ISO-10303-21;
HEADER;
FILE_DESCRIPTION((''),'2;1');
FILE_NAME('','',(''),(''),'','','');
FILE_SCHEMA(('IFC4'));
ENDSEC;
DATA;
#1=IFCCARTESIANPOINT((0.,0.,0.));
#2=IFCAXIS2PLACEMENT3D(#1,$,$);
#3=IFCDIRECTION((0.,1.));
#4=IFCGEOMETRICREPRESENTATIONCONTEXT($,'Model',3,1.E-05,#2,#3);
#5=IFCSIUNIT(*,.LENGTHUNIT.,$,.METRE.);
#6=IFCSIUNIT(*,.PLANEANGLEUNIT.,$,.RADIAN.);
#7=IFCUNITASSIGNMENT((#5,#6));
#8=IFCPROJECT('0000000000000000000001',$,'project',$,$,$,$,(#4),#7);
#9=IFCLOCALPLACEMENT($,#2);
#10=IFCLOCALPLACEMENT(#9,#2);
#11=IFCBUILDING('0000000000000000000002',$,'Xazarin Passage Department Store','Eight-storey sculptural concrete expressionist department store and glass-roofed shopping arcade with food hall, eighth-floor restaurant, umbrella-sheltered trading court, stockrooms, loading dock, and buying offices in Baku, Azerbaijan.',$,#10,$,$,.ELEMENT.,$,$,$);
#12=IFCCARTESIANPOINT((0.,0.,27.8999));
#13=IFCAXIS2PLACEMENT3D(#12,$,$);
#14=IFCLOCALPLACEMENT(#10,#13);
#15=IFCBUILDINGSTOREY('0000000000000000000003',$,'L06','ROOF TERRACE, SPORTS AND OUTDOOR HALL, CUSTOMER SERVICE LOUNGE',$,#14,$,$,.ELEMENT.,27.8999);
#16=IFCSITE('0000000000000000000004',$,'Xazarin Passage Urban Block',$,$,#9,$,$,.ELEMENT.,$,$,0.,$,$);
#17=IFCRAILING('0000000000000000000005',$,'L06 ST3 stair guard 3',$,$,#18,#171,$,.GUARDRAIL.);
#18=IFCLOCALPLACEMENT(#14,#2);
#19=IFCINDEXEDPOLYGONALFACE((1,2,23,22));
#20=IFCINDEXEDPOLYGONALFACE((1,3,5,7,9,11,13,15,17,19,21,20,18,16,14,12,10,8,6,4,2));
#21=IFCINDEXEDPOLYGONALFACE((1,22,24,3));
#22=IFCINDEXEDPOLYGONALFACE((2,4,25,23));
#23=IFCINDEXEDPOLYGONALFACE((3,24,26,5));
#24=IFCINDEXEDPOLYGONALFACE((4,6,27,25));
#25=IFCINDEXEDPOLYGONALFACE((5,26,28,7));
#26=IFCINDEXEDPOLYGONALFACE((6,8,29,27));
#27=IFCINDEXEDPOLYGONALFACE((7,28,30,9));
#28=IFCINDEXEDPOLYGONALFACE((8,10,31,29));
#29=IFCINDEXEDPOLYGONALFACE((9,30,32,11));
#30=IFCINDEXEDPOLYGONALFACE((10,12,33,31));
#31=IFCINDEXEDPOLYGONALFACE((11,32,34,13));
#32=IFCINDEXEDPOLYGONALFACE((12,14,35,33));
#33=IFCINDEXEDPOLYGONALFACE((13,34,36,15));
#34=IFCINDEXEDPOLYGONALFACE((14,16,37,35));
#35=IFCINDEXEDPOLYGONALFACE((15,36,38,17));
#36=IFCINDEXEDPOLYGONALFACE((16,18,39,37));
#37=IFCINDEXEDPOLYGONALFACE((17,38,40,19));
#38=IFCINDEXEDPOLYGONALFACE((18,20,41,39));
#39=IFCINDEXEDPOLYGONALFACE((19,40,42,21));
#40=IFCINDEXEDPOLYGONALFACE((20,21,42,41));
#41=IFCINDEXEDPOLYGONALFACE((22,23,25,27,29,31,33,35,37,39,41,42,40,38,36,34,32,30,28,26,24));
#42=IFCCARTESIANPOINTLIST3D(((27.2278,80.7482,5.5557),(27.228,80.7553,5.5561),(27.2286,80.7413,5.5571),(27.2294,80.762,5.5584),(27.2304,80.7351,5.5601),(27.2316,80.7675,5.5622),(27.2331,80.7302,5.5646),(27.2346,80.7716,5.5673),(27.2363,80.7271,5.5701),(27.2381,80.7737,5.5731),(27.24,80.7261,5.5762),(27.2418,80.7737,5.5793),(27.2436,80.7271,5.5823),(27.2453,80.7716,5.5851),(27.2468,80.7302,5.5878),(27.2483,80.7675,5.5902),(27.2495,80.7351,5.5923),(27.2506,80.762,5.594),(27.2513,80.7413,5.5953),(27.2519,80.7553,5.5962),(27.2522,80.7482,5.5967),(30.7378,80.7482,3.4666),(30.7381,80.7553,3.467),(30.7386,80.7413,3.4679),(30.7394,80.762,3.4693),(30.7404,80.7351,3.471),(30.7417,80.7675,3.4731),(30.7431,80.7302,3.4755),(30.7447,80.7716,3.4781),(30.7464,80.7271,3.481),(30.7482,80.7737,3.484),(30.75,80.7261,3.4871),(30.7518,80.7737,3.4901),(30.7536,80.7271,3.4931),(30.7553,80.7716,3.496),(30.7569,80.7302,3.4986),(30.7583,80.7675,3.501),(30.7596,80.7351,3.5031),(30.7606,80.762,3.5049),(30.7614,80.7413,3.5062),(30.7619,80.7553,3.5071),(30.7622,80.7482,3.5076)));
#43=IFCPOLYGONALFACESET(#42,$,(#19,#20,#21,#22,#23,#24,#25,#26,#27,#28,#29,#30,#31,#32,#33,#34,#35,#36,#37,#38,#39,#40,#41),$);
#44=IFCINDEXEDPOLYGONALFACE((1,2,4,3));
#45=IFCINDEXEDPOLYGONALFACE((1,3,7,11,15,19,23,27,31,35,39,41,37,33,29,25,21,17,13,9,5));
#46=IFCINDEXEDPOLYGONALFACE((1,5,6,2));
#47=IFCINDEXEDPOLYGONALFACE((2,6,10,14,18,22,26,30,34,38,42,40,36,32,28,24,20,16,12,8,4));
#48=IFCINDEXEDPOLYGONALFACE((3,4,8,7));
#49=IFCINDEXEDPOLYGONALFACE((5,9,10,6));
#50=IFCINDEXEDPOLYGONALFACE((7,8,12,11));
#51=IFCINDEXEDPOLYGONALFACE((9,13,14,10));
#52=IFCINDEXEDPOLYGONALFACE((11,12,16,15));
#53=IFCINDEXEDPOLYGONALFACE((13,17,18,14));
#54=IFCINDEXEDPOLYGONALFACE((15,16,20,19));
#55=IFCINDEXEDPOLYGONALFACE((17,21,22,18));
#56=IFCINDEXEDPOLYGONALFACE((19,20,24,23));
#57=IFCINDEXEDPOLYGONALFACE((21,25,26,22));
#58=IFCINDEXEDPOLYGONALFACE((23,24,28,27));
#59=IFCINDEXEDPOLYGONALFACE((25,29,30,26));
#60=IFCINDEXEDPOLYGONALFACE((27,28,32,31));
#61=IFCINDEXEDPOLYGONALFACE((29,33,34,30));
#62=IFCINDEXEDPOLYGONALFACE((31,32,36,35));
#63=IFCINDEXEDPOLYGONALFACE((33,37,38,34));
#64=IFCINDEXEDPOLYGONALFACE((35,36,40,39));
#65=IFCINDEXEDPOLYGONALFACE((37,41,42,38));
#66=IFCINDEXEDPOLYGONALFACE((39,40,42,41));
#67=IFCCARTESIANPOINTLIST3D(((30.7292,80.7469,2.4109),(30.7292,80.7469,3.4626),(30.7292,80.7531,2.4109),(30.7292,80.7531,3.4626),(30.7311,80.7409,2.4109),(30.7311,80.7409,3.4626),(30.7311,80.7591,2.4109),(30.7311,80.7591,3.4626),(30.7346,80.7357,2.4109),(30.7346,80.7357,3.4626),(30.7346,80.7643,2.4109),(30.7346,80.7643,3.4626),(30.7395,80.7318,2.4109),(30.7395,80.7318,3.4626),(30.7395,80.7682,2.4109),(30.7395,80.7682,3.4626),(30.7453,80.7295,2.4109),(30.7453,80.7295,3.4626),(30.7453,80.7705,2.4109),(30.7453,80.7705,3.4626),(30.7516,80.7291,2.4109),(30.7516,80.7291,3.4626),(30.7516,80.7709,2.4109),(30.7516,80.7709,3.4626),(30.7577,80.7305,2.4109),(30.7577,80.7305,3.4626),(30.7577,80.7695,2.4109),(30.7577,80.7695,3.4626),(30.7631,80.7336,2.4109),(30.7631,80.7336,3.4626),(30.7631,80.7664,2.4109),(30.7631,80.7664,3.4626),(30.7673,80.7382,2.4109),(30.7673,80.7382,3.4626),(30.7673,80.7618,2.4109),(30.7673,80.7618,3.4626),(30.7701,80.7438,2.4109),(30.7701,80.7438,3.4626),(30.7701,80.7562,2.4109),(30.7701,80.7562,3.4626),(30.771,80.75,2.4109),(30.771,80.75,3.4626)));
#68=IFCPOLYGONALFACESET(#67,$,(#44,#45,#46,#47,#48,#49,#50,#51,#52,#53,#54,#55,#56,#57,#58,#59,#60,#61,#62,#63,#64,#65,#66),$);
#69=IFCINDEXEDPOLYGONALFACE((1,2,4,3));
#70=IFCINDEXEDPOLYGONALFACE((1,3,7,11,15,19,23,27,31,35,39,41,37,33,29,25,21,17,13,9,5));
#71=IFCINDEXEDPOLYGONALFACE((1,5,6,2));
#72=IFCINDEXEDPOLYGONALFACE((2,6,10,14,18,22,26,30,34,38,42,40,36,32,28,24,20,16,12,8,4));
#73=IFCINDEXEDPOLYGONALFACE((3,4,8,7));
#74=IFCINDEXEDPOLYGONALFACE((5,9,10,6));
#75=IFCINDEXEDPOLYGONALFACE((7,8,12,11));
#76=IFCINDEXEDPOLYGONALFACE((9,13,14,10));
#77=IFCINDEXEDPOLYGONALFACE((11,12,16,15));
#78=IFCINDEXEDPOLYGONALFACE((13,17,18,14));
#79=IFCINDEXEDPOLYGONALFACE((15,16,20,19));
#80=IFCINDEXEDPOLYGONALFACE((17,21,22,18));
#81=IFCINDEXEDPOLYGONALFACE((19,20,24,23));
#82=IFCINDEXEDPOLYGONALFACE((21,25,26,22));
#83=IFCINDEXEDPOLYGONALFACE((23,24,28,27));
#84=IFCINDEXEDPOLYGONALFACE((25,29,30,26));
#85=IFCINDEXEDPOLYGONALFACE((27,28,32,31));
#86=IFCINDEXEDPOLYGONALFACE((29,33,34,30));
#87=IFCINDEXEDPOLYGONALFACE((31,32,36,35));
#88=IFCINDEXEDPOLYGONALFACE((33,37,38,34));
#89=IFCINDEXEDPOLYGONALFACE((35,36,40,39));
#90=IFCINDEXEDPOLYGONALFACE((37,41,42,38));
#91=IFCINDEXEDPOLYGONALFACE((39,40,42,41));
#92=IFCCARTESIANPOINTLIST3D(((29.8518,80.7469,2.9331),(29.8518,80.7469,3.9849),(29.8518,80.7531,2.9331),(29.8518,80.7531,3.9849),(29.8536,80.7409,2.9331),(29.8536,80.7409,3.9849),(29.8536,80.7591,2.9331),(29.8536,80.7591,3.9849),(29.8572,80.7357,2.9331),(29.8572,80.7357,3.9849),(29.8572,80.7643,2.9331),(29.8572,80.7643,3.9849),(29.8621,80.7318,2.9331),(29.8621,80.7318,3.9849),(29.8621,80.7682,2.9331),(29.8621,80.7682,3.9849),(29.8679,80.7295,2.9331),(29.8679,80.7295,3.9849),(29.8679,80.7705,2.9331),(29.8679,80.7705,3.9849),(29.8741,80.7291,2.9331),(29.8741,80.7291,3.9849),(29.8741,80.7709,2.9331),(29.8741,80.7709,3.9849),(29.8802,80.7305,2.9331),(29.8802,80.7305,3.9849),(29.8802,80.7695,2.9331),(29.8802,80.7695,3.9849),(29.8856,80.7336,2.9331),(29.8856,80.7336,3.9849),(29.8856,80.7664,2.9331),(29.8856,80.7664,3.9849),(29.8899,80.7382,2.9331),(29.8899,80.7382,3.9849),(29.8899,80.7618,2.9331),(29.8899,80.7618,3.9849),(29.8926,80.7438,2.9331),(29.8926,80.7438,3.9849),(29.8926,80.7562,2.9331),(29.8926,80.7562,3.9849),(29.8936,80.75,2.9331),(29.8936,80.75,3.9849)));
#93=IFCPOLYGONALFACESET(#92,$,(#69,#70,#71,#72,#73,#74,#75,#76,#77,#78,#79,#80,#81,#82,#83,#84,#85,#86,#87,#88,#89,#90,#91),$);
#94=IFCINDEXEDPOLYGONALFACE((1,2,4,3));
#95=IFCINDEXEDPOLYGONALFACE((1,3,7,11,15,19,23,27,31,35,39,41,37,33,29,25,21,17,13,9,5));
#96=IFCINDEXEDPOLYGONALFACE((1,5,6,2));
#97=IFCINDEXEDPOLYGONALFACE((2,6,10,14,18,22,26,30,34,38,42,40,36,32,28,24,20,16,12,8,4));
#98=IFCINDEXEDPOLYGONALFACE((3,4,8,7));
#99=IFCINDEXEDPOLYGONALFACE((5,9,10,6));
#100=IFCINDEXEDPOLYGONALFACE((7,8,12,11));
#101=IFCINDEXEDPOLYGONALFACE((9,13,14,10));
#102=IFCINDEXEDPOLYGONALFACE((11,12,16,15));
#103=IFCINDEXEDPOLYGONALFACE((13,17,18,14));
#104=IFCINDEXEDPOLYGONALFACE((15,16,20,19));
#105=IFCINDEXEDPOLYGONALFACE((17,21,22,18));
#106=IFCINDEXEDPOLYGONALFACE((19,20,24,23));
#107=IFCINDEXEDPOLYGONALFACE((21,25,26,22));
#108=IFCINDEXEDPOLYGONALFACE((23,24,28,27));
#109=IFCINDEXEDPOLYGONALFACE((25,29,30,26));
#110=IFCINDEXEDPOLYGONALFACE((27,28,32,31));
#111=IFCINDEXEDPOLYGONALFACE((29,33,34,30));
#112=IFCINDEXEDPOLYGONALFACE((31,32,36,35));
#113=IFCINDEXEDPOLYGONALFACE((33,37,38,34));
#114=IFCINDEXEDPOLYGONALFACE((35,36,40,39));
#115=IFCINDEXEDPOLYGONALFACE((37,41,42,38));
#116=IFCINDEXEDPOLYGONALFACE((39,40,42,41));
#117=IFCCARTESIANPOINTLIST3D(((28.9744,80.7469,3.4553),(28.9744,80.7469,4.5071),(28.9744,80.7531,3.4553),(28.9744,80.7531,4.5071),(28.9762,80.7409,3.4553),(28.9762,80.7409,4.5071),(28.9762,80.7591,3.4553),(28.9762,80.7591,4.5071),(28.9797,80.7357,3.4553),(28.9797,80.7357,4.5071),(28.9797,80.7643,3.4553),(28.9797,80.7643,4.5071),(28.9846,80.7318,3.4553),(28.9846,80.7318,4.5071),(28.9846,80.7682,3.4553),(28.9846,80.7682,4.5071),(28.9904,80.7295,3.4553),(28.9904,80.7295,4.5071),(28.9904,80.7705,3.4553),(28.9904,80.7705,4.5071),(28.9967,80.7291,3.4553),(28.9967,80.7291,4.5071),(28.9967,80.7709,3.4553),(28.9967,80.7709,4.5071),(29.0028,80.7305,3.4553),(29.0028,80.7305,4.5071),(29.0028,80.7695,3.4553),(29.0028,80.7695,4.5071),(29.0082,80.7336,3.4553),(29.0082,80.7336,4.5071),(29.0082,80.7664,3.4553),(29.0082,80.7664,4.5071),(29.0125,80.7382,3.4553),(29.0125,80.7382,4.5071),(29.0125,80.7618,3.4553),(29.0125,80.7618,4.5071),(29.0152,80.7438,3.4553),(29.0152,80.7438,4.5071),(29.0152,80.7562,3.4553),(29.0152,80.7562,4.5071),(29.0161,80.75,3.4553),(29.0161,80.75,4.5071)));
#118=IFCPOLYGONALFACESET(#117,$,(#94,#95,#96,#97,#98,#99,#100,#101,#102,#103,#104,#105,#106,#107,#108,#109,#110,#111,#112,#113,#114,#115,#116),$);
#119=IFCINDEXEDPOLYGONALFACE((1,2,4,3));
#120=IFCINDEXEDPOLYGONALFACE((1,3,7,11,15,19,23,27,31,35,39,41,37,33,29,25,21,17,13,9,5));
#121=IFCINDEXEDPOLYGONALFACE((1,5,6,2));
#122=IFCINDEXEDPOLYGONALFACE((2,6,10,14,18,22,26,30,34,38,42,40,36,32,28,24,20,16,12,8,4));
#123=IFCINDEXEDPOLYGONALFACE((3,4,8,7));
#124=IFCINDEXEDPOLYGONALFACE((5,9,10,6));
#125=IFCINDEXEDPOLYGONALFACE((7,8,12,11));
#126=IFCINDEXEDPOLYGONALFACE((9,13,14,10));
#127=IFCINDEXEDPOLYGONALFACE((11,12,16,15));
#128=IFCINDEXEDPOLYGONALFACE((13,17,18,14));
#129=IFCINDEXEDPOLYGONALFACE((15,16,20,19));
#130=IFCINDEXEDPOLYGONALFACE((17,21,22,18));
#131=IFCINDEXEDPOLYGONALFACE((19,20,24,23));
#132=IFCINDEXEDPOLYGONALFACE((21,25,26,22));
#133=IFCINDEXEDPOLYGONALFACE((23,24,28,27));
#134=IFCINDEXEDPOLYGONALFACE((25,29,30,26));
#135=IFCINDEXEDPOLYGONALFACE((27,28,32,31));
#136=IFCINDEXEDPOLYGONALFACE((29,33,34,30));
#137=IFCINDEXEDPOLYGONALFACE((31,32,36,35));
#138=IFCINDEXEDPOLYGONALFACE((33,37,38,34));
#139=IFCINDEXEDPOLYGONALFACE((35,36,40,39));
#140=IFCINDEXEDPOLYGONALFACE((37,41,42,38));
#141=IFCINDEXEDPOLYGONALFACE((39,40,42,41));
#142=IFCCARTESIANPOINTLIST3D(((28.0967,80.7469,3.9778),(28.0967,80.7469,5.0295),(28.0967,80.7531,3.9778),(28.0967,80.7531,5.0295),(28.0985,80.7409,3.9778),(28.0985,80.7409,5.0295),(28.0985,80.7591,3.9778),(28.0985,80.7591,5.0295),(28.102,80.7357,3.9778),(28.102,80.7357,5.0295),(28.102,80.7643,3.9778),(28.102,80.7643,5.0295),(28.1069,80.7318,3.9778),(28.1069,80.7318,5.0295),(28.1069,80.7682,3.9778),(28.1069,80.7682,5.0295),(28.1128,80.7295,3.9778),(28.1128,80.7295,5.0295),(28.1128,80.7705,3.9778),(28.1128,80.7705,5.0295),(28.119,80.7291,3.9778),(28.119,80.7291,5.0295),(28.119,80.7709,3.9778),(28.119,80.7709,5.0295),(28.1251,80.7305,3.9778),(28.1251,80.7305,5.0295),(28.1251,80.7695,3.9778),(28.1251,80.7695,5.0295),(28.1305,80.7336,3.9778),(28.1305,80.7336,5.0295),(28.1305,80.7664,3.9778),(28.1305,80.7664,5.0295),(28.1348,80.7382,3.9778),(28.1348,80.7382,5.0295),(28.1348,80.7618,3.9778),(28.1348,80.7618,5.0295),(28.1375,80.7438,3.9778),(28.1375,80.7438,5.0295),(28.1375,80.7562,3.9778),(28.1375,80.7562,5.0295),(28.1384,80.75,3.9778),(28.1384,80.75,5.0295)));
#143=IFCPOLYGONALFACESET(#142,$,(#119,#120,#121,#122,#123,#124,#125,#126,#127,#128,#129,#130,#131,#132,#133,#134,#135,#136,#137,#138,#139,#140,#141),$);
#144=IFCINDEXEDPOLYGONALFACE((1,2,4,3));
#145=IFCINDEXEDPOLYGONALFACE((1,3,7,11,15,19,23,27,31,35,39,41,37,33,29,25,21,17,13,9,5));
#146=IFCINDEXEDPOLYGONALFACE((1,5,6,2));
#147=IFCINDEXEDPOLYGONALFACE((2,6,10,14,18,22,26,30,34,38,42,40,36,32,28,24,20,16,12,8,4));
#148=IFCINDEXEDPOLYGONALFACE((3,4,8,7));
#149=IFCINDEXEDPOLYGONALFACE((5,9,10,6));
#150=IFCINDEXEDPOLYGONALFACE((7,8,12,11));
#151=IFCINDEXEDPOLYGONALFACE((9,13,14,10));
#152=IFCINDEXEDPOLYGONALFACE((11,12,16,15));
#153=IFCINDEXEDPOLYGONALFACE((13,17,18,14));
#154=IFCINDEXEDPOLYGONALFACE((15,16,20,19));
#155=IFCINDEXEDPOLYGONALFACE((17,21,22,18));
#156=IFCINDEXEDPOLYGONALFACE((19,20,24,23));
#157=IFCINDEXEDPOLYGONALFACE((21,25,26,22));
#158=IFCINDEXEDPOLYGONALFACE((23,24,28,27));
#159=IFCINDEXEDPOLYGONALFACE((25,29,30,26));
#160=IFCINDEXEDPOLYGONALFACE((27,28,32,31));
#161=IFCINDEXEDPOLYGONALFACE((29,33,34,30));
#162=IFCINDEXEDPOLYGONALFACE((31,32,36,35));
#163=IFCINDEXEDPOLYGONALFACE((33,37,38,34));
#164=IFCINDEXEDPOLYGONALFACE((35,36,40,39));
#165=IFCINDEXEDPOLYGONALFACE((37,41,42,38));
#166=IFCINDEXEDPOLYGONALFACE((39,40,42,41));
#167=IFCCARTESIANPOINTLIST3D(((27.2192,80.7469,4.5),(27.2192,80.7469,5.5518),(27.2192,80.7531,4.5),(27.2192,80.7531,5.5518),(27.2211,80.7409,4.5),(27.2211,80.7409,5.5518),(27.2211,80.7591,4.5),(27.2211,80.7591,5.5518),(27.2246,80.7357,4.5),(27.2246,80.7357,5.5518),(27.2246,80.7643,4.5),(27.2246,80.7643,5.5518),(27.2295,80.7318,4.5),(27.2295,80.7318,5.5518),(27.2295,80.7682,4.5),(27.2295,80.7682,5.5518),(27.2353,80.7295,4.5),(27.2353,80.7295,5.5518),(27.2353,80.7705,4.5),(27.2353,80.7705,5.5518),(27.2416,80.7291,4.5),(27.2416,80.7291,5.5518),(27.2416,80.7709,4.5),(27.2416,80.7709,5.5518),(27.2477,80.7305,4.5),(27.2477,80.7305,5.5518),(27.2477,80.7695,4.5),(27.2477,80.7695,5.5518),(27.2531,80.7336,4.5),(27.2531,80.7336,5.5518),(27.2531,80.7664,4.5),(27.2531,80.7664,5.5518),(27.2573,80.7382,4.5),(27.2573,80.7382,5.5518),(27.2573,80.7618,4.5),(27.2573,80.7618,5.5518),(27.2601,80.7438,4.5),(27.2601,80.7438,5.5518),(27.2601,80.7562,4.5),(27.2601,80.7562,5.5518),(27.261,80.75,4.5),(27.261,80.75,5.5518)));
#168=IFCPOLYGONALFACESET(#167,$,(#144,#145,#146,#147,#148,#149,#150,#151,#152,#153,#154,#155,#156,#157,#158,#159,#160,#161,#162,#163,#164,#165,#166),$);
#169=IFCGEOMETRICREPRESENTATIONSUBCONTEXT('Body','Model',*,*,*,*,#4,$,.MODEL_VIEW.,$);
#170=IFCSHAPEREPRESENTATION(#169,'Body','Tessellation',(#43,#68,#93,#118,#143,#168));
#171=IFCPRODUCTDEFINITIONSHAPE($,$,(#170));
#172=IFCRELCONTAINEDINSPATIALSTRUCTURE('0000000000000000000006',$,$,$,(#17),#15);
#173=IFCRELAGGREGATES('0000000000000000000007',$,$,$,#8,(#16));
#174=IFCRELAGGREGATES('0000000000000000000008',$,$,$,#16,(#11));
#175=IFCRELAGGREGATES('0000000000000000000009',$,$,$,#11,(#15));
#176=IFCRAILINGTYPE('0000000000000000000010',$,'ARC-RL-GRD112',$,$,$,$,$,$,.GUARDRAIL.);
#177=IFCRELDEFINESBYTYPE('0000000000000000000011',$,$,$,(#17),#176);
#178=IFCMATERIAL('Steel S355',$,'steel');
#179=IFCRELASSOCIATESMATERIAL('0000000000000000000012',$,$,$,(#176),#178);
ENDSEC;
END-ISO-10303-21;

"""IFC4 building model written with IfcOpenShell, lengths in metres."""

from ifc_helpers import new_model, si_unit, direction, frame, origin, origin_2d, place, context, subcontext, project, spatial, circle, extrude, material, type_object, element, save


model = new_model("IFC4")

# Units and contexts
model_context = context("Model", 3, precision=1e-05, world=origin(), true_north=direction((0.0, 1.0)))
body_context = subcontext(model_context, "Body", "Model", "MODEL_VIEW")
ifc_project = project(units=[si_unit("LENGTHUNIT", "METRE"), si_unit("PLANEANGLEUNIT", "RADIAN")], contexts=[model_context])

# Site, building, storey
site_placement = place(None, origin())
site = spatial("IfcSite", under=ifc_project, at=site_placement, Name="Xazarin Passage Urban Block", CompositionType="ELEMENT", RefElevation=0.0)
building_placement = place(site_placement, origin())
building = spatial("IfcBuilding", under=site, at=building_placement, Name="Xazarin Passage Department Store", Description="Eight-storey sculptural concrete expressionist department store and glass-roofed shopping arcade with food hall, eighth-floor restaurant, umbrella-sheltered trading court, stockrooms, loading dock, and buying offices in Baku, Azerbaijan.", CompositionType="ELEMENT")
storey_placement = place(building_placement, frame((0.0, 0.0, 27.8999)))
storey = spatial("IfcBuildingStorey", under=building, at=storey_placement, Name="L06", Description="ROOF TERRACE, SPORTS AND OUTDOOR HALL, CUSTOMER SERVICE LOUNGE", CompositionType="ELEMENT", Elevation=27.8999)

# Shared definitions
ifc_material_1 = material(Name="Steel S355", Category="steel")

# Railing
railing_type_1 = type_object("IfcRailingType", Name="ARC-RL-GRD112", PredefinedType="GUARDRAIL", material=ifc_material_1)
railing_1_placement = place(storey_placement, frame((30.75, 80.75, 2.4109)))
element("IfcRailing", 1, at=railing_1_placement, inside=storey, type_object=railing_type_1, Name="L06 ST3 stair guard 3", PredefinedType="GUARDRAIL", context=body_context, shape_type="SweptSolid", body=[
    extrude(circle(Radius=0.0239, at=origin_2d()), frame((0.0, 0.0, 1.0762), z_axis=(-0.859312, 0.0, 0.511451), x_axis=(0.0, -1.0, 0.0)), (0.0, 0.0, 1.0), 4.0847),
    extrude(circle(Radius=0.021, at=origin_2d()), origin(), (0.0, 0.0, 1.0), 1.0518),
    extrude(circle(Radius=0.021, at=origin_2d()), frame((-0.8774, 0.0, 0.5222)), (0.0, 0.0, 1.0), 1.0518),
    extrude(circle(Radius=0.021, at=origin_2d()), frame((-1.7549, 0.0, 1.0444)), (0.0, 0.0, 1.0), 1.0518),
    extrude(circle(Radius=0.021, at=origin_2d()), frame((-2.6326, 0.0, 1.5669)), (0.0, 0.0, 1.0), 1.0518),
    extrude(circle(Radius=0.021, at=origin_2d()), frame((-3.51, 0.0, 2.0891)), (0.0, 0.0, 1.0), 1.0518),
])

save(model, "model.ifc")
